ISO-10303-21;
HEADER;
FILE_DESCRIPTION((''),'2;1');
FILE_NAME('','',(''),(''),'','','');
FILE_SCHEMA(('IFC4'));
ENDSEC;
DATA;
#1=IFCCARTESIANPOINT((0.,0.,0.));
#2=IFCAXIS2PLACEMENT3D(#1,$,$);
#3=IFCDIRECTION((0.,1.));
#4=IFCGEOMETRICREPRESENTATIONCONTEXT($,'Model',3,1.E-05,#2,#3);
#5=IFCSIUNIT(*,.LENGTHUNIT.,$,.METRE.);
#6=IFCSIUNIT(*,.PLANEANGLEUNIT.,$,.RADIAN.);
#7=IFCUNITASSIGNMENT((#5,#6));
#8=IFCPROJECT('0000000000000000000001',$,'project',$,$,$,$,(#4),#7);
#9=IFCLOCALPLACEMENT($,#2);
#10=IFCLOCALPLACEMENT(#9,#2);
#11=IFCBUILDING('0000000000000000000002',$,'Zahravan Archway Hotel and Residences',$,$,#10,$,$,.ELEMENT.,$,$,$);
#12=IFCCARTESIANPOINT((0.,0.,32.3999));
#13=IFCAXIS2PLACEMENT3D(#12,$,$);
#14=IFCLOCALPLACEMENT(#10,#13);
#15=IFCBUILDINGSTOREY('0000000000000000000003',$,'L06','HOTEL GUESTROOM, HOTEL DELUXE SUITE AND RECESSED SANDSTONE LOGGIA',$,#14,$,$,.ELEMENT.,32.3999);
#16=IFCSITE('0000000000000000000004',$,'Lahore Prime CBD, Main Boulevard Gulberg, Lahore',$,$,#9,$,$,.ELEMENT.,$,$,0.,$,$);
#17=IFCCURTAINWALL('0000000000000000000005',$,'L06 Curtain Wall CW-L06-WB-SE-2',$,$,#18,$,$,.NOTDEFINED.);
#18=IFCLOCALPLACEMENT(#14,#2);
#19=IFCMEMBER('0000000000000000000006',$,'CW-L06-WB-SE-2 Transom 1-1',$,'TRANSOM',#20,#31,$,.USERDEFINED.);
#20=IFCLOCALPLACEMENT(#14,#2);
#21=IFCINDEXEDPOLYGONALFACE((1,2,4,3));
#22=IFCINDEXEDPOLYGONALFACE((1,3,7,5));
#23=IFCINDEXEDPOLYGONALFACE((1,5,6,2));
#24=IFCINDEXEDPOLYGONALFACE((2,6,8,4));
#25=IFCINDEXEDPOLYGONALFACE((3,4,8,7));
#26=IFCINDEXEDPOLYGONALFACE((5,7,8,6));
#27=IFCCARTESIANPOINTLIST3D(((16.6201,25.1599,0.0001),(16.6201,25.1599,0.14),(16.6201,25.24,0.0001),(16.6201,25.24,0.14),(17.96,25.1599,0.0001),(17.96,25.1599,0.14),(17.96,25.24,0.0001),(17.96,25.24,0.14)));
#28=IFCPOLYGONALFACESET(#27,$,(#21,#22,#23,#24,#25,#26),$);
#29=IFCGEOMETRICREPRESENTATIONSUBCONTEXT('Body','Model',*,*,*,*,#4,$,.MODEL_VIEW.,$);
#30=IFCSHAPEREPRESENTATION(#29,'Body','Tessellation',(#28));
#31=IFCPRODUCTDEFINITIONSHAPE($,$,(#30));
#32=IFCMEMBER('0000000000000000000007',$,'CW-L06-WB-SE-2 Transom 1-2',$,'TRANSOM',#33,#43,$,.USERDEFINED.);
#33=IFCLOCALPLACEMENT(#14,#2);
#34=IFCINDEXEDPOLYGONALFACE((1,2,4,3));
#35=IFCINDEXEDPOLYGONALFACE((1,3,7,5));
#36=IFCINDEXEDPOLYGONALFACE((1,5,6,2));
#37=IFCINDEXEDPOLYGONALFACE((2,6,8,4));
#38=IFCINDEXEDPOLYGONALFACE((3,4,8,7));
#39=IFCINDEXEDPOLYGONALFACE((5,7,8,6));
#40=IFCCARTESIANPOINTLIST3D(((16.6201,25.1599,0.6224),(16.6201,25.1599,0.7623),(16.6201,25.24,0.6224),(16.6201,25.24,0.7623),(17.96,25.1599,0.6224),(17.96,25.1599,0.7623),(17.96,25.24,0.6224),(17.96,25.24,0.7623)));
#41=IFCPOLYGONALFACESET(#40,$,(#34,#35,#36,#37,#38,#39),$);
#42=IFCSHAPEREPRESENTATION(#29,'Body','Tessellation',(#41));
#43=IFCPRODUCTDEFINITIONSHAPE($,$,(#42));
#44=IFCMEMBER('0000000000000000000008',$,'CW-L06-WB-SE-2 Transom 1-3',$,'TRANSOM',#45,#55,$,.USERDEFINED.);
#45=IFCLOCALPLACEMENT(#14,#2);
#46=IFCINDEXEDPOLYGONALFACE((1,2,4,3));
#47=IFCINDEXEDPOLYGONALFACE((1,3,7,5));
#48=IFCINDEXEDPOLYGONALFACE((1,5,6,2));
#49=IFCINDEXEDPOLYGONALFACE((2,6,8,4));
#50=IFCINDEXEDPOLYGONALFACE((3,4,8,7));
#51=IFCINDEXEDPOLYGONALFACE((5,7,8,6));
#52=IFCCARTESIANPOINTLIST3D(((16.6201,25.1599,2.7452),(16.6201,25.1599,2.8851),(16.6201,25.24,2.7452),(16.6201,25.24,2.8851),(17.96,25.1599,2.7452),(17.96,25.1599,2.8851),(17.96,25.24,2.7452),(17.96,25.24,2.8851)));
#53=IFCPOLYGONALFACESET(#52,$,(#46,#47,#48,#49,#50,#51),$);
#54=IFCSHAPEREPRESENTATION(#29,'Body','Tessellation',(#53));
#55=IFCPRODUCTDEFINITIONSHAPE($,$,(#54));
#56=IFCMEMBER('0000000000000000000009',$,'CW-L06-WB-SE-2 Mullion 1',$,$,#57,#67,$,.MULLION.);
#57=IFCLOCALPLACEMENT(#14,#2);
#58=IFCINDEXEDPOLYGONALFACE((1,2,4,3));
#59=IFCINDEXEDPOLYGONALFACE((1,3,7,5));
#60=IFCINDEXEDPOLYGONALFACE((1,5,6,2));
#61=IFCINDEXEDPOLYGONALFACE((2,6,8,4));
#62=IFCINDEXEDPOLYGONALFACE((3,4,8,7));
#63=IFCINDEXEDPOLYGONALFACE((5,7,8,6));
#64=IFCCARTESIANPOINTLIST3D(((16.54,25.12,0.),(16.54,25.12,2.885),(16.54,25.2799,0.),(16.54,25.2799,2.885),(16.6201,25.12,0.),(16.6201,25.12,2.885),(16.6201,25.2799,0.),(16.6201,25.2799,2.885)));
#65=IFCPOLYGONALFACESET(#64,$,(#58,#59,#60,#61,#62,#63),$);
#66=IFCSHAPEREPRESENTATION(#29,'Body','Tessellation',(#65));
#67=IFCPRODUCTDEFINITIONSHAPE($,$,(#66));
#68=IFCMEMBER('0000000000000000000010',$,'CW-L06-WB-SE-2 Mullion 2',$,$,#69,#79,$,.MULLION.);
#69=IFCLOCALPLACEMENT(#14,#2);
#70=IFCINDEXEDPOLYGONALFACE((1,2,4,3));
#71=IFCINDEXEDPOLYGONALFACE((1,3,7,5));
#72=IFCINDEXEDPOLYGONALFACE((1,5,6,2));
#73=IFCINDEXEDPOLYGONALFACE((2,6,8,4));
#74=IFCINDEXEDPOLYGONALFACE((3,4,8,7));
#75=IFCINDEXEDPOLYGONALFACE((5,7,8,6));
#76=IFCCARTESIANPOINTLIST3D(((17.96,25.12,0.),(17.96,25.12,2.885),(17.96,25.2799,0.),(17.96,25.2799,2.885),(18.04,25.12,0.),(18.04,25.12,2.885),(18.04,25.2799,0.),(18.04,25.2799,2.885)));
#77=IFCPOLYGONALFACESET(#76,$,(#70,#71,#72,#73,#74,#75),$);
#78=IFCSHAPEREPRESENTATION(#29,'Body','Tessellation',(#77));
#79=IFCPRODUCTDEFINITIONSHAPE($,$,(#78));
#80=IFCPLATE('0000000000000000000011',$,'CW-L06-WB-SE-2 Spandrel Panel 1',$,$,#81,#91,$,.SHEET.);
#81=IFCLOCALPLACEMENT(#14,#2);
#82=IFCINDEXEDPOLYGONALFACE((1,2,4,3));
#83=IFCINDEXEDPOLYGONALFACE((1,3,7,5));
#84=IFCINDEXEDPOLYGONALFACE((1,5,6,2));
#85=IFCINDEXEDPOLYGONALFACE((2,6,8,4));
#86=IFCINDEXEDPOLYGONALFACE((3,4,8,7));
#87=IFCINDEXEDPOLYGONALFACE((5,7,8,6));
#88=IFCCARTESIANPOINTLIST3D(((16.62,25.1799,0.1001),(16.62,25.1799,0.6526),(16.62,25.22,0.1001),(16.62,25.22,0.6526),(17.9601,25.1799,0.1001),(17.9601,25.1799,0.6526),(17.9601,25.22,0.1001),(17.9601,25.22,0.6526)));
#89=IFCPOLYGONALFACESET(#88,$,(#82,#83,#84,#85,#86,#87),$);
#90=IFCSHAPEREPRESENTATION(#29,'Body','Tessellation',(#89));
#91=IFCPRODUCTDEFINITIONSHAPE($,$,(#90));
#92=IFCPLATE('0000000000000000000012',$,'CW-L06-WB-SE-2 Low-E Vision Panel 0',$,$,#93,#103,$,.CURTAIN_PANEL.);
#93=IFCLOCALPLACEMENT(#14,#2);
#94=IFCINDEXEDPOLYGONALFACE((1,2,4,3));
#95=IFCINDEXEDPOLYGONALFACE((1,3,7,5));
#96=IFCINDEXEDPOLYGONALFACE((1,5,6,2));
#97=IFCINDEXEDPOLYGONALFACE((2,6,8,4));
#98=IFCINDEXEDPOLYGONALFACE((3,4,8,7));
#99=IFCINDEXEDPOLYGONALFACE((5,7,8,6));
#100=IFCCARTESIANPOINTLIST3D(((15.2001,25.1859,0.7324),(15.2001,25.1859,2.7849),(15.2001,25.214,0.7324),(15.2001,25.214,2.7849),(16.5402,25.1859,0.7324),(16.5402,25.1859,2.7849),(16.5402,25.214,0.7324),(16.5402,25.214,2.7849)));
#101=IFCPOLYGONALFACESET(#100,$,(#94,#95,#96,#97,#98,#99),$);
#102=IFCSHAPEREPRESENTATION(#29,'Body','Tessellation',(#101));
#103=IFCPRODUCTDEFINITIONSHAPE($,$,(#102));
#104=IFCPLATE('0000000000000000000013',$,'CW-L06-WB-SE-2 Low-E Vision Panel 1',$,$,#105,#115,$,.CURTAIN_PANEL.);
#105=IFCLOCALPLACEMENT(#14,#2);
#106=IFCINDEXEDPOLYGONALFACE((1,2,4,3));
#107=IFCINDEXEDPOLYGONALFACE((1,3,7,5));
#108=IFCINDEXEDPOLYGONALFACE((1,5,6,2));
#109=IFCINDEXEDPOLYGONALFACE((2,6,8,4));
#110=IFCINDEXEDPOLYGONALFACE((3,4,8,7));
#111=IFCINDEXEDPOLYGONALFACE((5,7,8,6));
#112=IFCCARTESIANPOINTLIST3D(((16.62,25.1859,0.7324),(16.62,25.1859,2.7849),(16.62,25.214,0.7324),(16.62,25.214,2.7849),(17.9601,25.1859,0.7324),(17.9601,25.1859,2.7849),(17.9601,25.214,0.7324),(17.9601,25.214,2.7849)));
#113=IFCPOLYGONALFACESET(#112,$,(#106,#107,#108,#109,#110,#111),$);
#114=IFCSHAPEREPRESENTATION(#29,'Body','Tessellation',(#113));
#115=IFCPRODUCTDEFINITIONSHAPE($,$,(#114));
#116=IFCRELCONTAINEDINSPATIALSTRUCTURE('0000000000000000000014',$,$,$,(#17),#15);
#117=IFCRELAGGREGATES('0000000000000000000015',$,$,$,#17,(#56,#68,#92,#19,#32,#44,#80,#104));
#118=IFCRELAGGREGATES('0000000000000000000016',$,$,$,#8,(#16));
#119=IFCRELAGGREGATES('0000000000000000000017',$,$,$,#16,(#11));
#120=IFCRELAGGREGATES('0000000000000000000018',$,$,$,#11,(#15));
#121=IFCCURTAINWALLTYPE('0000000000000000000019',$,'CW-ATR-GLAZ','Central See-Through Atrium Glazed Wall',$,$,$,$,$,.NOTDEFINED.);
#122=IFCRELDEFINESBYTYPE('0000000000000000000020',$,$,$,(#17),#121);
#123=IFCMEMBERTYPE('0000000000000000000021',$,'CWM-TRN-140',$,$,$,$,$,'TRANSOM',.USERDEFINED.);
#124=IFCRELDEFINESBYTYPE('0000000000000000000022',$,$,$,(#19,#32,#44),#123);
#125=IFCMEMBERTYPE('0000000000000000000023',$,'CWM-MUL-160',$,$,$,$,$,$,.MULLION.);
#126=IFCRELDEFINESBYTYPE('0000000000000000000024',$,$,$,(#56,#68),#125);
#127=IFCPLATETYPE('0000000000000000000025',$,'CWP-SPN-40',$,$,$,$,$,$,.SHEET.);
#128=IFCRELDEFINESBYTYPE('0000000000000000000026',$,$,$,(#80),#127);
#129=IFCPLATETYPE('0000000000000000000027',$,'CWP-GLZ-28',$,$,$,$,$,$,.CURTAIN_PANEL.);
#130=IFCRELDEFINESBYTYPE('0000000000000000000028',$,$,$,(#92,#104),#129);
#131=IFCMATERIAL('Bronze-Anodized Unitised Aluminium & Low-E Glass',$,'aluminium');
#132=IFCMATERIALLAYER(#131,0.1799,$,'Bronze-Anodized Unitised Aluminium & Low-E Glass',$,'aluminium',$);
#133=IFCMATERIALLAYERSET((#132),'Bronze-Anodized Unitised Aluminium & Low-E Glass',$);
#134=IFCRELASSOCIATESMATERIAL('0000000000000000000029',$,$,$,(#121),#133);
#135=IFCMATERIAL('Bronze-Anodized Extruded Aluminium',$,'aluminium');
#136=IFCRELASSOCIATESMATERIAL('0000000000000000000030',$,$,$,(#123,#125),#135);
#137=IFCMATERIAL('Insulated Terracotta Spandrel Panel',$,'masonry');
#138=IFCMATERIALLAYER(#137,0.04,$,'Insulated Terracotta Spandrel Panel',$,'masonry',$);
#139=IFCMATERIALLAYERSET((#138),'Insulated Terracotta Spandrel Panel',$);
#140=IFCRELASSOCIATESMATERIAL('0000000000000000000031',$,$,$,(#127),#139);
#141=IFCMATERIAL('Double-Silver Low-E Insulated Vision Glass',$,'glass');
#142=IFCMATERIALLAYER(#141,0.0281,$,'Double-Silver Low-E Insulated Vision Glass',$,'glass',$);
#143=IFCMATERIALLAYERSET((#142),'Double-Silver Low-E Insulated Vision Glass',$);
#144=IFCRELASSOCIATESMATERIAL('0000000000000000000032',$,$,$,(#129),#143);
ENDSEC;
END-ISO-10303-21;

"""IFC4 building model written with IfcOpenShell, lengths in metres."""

from ifc_helpers import new_model, si_unit, direction, frame, origin, origin_2d, place, context, subcontext, project, spatial, rectangle, extrude, source, transform, mapped, material, layer, layer_set, material_profile, profile_set, type_object, element, aggregate, save


model = new_model("IFC4")

# Units and contexts
model_context = context("Model", 3, precision=1e-05, world=origin(), true_north=direction((0.0, 1.0)))
body_context = subcontext(model_context, "Body", "Model", "MODEL_VIEW")
ifc_project = project(units=[si_unit("LENGTHUNIT", "METRE"), si_unit("PLANEANGLEUNIT", "RADIAN")], contexts=[model_context])

# Site, building, storey
site_placement = place(None, origin())
site = spatial("IfcSite", under=ifc_project, at=site_placement, Name="Lahore Prime CBD, Main Boulevard Gulberg, Lahore", CompositionType="ELEMENT", RefElevation=0.0)
building_placement = place(site_placement, origin())
building = spatial("IfcBuilding", under=site, at=building_placement, Name="Zahravan Archway Hotel and Residences", CompositionType="ELEMENT")
storey_placement = place(building_placement, frame((0.0, 0.0, 32.3999)))
storey = spatial("IfcBuildingStorey", under=building, at=storey_placement, Name="L06", Description="HOTEL GUESTROOM, HOTEL DELUXE SUITE AND RECESSED SANDSTONE LOGGIA", CompositionType="ELEMENT", Elevation=32.3999)

# Curtain wall, members, plates
ifc_material_1 = material(Name="Bronze-Anodized Unitised Aluminium & Low-E Glass", Category="aluminium")
ifc_layer_1 = layer(ifc_material_1, 0.1799, Name="Bronze-Anodized Unitised Aluminium & Low-E Glass", Category="aluminium")
ifc_layer_set_1 = layer_set([ifc_layer_1], Name="Bronze-Anodized Unitised Aluminium & Low-E Glass")
curtain_wall_type = type_object("IfcCurtainWallType", Name="CW-ATR-GLAZ", Description="Central See-Through Atrium Glazed Wall", PredefinedType="NOTDEFINED", material=ifc_layer_set_1)
curtain_wall_placement = place(storey_placement, origin())
curtain_wall = element("IfcCurtainWall", 1, at=curtain_wall_placement, inside=storey, type_object=curtain_wall_type, Name="L06 Curtain Wall CW-L06-WB-SE-2", PredefinedType="NOTDEFINED")
ifc_material_2 = material(Name="Bronze-Anodized Extruded Aluminium", Category="aluminium")
ifc_material_profile_1 = material_profile(ifc_material_2, rectangle(XDim=0.0801, YDim=0.1399, at=origin_2d()), Name="TRN 80x140", Category="aluminium")
ifc_profile_set_1 = profile_set([ifc_material_profile_1], Name="Bronze-Anodized Extruded Aluminium")
member_type_1 = type_object("IfcMemberType", Name="CWM-TRN-140", ElementType="TRANSOM", PredefinedType="USERDEFINED", material=ifc_profile_set_1)
shared_shape_1 = source(origin(), body_context, "Body", "SweptSolid", [
    extrude(rectangle(XDim=0.0801, YDim=0.1399, at=origin_2d()), origin(), (0.0, 0.0, 1.0), 1.3398),
])
member_1_placement = place(storey_placement, frame((16.6201, 25.2, 0.0701), z_axis=(1.0, 0.0, 0.0), x_axis=(0.0, 1.0, 0.0)))
member_1 = element("IfcMember", 2, at=member_1_placement, type_object=member_type_1, Name="CW-L06-WB-SE-2 Transom 1-1", ObjectType="TRANSOM", PredefinedType="USERDEFINED", context=body_context, shape_type="MappedRepresentation", body=[
    mapped(shared_shape_1, transform((0.0, 0.0, 0.0), scale=1.0)),
])
member_2_placement = place(storey_placement, frame((16.6201, 25.2, 0.6924), z_axis=(1.0, 0.0, 0.0), x_axis=(0.0, 1.0, 0.0)))
member_2 = element("IfcMember", 3, at=member_2_placement, type_object=member_type_1, Name="CW-L06-WB-SE-2 Transom 1-2", ObjectType="TRANSOM", PredefinedType="USERDEFINED", context=body_context, shape_type="MappedRepresentation", body=[
    mapped(shared_shape_1, transform((0.0, 0.0, 0.0), scale=1.0)),
])
member_3_placement = place(storey_placement, frame((16.6201, 25.2, 2.8152), z_axis=(1.0, 0.0, 0.0), x_axis=(0.0, 1.0, 0.0)))
member_3 = element("IfcMember", 4, at=member_3_placement, type_object=member_type_1, Name="CW-L06-WB-SE-2 Transom 1-3", ObjectType="TRANSOM", PredefinedType="USERDEFINED", context=body_context, shape_type="MappedRepresentation", body=[
    mapped(shared_shape_1, transform((0.0, 0.0, 0.0), scale=1.0)),
])
ifc_material_profile_2 = material_profile(ifc_material_2, rectangle(XDim=0.0801, YDim=0.1599, at=origin_2d()), Name="MUL 80x160", Category="aluminium")
ifc_profile_set_2 = profile_set([ifc_material_profile_2], Name="Bronze-Anodized Extruded Aluminium")
member_type_2 = type_object("IfcMemberType", Name="CWM-MUL-160", PredefinedType="MULLION", material=ifc_profile_set_2)
shared_shape_2 = source(origin(), body_context, "Body", "SweptSolid", [
    extrude(rectangle(XDim=0.0801, YDim=0.1599, at=origin_2d()), origin(), (0.0, 0.0, 1.0), 2.885),
])
member_4_placement = place(storey_placement, frame((16.5801, 25.2, 0.0), z_axis=(0.0, 0.0, 1.0), x_axis=(1.0, 0.0, 0.0)))
member_4 = element("IfcMember", 5, at=member_4_placement, type_object=member_type_2, Name="CW-L06-WB-SE-2 Mullion 1", PredefinedType="MULLION", context=body_context, shape_type="MappedRepresentation", body=[
    mapped(shared_shape_2, transform((0.0, 0.0, 0.0), scale=1.0)),
])
member_5_placement = place(storey_placement, frame((18.0, 25.2, 0.0), z_axis=(0.0, 0.0, 1.0), x_axis=(1.0, 0.0, 0.0)))
member_5 = element("IfcMember", 6, at=member_5_placement, type_object=member_type_2, Name="CW-L06-WB-SE-2 Mullion 2", PredefinedType="MULLION", context=body_context, shape_type="MappedRepresentation", body=[
    mapped(shared_shape_2, transform((0.0, 0.0, 0.0), scale=1.0)),
])
ifc_material_3 = material(Name="Insulated Terracotta Spandrel Panel", Category="masonry")
ifc_layer_2 = layer(ifc_material_3, 0.04, Name="Insulated Terracotta Spandrel Panel", Category="masonry")
ifc_layer_set_2 = layer_set([ifc_layer_2], Name="Insulated Terracotta Spandrel Panel")
plate_type_1 = type_object("IfcPlateType", Name="CWP-SPN-40", PredefinedType="SHEET", material=ifc_layer_set_2)
shared_shape_3 = source(origin(), body_context, "Body", "SweptSolid", [
    extrude(rectangle(XDim=1.3401, YDim=0.04, at=origin_2d()), origin(), (0.0, 0.0, 1.0), 0.5525),
])
plate_1_placement = place(storey_placement, frame((17.29, 25.2, 0.1001), z_axis=(0.0, 0.0, 1.0), x_axis=(1.0, 0.0, 0.0)))
plate_1 = element("IfcPlate", 7, at=plate_1_placement, type_object=plate_type_1, Name="CW-L06-WB-SE-2 Spandrel Panel 1", PredefinedType="SHEET", context=body_context, shape_type="MappedRepresentation", body=[
    mapped(shared_shape_3, transform((0.0, 0.0, 0.0), scale=1.0)),
])
ifc_material_4 = material(Name="Double-Silver Low-E Insulated Vision Glass", Category="glass")
ifc_layer_3 = layer(ifc_material_4, 0.0281, Name="Double-Silver Low-E Insulated Vision Glass", Category="glass")
ifc_layer_set_3 = layer_set([ifc_layer_3], Name="Double-Silver Low-E Insulated Vision Glass")
plate_type_2 = type_object("IfcPlateType", Name="CWP-GLZ-28", PredefinedType="CURTAIN_PANEL", material=ifc_layer_set_3)
shared_shape_4 = source(origin(), body_context, "Body", "SweptSolid", [
    extrude(rectangle(XDim=1.3401, YDim=0.0281, at=origin_2d()), origin(), (0.0, 0.0, 1.0), 2.0525),
])
plate_2_placement = place(storey_placement, frame((15.8701, 25.2, 0.7324), z_axis=(0.0, 0.0, 1.0), x_axis=(1.0, 0.0, 0.0)))
plate_2 = element("IfcPlate", 8, at=plate_2_placement, type_object=plate_type_2, Name="CW-L06-WB-SE-2 Low-E Vision Panel 0", PredefinedType="CURTAIN_PANEL", context=body_context, shape_type="MappedRepresentation", body=[
    mapped(shared_shape_4, transform((0.0, 0.0, 0.0), scale=1.0)),
])
plate_3_placement = place(storey_placement, frame((17.29, 25.2, 0.7324), z_axis=(0.0, 0.0, 1.0), x_axis=(1.0, 0.0, 0.0)))
plate_3 = element("IfcPlate", 9, at=plate_3_placement, type_object=plate_type_2, Name="CW-L06-WB-SE-2 Low-E Vision Panel 1", PredefinedType="CURTAIN_PANEL", context=body_context, shape_type="MappedRepresentation", body=[
    mapped(shared_shape_4, transform((0.0, 0.0, 0.0), scale=1.0)),
])
aggregate(curtain_wall, [member_4, member_5, plate_2, member_1, member_2, member_3, plate_1, plate_3])

save(model, "model.ifc")
